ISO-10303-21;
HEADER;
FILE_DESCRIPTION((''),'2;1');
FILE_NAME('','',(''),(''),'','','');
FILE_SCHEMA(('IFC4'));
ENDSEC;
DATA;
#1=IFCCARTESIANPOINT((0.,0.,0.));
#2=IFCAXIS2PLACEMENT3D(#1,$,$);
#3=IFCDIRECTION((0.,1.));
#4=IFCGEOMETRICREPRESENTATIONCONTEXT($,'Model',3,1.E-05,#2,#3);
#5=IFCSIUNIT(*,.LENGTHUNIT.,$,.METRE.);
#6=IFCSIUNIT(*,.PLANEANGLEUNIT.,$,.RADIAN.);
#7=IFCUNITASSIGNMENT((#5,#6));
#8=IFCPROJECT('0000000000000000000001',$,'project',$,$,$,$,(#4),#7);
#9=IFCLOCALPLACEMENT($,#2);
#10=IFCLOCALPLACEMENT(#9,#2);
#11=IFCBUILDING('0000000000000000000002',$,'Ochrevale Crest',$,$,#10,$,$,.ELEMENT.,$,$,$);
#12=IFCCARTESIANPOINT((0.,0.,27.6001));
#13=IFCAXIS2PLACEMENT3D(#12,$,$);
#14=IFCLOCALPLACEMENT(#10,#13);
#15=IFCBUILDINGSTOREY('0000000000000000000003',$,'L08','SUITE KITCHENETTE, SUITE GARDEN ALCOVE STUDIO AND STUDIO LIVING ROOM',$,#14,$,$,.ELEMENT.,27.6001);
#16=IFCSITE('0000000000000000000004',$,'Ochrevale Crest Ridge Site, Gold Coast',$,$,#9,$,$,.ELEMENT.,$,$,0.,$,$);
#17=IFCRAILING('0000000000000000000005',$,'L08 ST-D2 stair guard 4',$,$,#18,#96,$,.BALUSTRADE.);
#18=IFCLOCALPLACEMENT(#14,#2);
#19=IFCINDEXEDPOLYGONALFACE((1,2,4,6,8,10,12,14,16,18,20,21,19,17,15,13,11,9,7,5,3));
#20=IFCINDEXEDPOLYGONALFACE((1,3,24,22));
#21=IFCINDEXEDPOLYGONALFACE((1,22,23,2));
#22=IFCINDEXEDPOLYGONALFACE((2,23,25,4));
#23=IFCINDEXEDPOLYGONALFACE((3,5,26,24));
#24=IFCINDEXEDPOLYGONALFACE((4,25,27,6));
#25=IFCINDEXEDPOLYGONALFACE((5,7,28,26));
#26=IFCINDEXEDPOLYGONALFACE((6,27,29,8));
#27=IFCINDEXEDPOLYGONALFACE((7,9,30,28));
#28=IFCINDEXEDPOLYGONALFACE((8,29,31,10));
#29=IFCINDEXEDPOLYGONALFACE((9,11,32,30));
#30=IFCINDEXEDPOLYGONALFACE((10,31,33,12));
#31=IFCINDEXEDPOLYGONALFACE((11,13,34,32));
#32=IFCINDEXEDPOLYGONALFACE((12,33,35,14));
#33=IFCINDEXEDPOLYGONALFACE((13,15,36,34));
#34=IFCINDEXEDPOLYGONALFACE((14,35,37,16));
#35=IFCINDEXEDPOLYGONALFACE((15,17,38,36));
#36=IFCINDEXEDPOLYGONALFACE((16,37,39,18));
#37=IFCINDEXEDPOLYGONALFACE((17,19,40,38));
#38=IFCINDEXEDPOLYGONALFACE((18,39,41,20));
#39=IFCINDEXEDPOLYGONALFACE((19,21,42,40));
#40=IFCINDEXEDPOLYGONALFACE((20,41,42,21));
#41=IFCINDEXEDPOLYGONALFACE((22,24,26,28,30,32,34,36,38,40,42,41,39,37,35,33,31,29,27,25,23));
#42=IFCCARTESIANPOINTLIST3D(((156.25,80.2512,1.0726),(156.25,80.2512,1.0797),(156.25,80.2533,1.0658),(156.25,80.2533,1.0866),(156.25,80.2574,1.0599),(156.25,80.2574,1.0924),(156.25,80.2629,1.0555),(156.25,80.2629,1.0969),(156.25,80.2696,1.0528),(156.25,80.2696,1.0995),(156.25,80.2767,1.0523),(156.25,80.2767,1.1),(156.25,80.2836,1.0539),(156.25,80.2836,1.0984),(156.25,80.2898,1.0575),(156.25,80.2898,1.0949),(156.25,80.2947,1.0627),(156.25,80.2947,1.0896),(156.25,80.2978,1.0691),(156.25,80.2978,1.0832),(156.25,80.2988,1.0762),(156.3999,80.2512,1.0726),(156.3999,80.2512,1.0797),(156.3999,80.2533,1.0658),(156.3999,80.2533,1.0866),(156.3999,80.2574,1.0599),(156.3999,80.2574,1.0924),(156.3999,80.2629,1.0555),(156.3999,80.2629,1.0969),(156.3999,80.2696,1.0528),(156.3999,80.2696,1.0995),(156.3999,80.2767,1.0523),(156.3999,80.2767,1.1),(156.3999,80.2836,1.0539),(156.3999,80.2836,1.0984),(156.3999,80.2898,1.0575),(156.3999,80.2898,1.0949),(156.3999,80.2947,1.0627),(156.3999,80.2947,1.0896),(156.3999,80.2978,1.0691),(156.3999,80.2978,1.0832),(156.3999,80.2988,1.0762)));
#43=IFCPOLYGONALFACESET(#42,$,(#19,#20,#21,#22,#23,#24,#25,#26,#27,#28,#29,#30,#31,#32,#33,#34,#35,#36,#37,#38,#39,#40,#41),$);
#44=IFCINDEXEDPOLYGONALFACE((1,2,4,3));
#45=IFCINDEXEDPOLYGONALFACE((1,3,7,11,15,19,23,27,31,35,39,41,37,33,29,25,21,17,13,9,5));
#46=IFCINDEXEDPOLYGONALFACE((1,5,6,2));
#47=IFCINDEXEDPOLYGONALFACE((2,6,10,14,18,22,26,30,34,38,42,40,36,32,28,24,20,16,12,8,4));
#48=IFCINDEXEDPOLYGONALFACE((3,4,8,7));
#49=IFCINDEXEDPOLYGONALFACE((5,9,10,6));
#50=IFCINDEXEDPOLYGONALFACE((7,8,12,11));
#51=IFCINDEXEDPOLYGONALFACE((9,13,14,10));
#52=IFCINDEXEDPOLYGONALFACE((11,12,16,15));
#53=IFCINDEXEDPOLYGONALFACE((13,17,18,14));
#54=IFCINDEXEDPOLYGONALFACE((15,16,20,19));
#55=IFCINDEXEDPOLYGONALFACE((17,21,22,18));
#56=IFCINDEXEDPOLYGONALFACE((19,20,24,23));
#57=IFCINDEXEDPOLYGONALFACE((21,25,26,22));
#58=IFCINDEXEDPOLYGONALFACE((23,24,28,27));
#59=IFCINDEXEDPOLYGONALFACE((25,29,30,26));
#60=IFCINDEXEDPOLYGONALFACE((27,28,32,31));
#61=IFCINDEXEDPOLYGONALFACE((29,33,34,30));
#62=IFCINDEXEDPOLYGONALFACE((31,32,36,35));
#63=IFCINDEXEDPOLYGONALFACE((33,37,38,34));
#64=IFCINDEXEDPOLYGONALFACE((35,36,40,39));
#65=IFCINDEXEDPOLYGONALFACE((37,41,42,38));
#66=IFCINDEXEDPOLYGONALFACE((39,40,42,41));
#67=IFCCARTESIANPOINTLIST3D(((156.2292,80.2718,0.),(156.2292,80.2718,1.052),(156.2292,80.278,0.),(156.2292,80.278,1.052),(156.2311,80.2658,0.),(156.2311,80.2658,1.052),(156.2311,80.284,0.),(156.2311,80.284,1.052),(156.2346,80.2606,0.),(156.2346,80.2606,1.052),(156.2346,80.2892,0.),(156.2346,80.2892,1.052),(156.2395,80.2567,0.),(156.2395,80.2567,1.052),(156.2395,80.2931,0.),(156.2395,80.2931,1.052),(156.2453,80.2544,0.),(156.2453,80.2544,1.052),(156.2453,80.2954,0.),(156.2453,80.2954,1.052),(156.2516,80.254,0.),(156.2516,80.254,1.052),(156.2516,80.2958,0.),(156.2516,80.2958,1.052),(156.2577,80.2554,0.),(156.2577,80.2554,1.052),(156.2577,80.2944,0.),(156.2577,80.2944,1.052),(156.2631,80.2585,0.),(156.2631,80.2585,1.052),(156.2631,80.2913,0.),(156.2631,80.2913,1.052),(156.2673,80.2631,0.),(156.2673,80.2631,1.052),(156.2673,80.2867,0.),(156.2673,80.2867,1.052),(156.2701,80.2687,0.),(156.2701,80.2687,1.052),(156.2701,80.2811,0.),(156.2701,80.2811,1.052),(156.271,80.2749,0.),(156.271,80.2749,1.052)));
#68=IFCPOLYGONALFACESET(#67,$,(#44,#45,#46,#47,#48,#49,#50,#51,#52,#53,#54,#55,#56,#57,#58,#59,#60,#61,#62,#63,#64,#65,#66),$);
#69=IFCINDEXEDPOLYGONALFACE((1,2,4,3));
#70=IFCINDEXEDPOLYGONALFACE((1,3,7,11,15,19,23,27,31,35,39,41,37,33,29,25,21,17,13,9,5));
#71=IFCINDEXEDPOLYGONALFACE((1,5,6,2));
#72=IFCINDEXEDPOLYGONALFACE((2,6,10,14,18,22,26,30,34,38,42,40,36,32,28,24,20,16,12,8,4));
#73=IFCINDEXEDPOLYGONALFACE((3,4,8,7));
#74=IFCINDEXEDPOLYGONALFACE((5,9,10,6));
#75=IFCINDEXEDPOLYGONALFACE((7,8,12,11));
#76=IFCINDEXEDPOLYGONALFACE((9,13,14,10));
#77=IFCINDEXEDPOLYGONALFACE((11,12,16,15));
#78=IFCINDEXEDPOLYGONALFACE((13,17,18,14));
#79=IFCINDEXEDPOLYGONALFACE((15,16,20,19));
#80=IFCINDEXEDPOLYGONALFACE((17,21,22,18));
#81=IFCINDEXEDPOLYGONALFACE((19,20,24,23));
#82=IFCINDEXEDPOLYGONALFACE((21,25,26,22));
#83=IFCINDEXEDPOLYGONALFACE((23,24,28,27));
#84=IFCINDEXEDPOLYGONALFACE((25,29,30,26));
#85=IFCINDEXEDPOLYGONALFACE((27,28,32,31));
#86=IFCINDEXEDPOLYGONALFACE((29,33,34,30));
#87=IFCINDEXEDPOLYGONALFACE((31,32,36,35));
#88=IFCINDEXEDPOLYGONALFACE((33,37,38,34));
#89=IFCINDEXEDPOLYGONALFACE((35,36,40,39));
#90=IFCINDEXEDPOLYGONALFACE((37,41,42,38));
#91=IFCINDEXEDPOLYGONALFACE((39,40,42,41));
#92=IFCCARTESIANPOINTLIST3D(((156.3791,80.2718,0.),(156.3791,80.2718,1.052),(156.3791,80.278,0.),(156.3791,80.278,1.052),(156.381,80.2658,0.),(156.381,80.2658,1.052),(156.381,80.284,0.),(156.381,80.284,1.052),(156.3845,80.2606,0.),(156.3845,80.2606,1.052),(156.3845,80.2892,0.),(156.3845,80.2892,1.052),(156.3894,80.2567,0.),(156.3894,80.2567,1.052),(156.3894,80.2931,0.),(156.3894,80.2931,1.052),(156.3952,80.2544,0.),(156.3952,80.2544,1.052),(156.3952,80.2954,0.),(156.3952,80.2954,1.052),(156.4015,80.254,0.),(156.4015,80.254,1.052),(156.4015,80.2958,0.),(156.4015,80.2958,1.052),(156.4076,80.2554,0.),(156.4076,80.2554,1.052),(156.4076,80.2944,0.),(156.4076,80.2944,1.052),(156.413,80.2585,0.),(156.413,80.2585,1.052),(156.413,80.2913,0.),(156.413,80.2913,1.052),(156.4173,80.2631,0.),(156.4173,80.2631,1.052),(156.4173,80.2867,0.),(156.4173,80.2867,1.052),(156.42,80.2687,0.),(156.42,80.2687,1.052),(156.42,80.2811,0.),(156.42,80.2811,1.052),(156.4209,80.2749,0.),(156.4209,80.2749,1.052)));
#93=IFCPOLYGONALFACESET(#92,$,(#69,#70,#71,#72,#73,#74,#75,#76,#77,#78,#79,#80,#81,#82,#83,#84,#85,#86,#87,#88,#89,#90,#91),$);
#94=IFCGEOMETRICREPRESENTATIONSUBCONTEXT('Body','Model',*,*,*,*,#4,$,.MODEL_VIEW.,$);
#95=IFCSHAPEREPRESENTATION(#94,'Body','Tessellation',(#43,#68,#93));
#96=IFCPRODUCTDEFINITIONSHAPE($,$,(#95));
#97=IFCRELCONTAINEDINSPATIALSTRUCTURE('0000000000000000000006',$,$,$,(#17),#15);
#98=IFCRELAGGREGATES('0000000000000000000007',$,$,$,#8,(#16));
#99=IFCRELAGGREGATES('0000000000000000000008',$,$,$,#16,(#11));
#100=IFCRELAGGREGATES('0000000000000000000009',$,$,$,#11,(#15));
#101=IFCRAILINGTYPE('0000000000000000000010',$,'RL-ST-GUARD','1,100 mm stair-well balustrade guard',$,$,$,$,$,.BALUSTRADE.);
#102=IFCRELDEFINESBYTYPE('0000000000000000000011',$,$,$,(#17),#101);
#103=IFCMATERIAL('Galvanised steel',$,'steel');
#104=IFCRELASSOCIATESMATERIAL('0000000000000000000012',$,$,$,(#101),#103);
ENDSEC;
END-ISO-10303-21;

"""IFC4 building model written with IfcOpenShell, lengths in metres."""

from ifc_helpers import new_model, si_unit, direction, frame, origin, origin_2d, place, context, subcontext, project, spatial, circle, extrude, material, type_object, element, save


model = new_model("IFC4")

# Units and contexts
model_context = context("Model", 3, precision=1e-05, world=origin(), true_north=direction((0.0, 1.0)))
body_context = subcontext(model_context, "Body", "Model", "MODEL_VIEW")
ifc_project = project(units=[si_unit("LENGTHUNIT", "METRE"), si_unit("PLANEANGLEUNIT", "RADIAN")], contexts=[model_context])

# Site, building, storey
site_placement = place(None, origin())
site = spatial("IfcSite", under=ifc_project, at=site_placement, Name="Ochrevale Crest Ridge Site, Gold Coast", CompositionType="ELEMENT", RefElevation=0.0)
building_placement = place(site_placement, origin())
building = spatial("IfcBuilding", under=site, at=building_placement, Name="Ochrevale Crest", CompositionType="ELEMENT")
storey_placement = place(building_placement, frame((0.0, 0.0, 27.6001)))
storey = spatial("IfcBuildingStorey", under=building, at=storey_placement, Name="L08", Description="SUITE KITCHENETTE, SUITE GARDEN ALCOVE STUDIO AND STUDIO LIVING ROOM", CompositionType="ELEMENT", Elevation=27.6001)

# Railing
ifc_material_1 = material(Name="Galvanised steel", Category="steel")
railing_type = type_object("IfcRailingType", Name="RL-ST-GUARD", Description="1,100 mm stair-well balustrade guard", PredefinedType="BALUSTRADE", material=ifc_material_1)
railing_1_placement = place(storey_placement, frame((156.25, 80.2749, 0.0)))
element("IfcRailing", 1, at=railing_1_placement, inside=storey, type_object=railing_type, Name="L08 ST-D2 stair guard 4", PredefinedType="BALUSTRADE", context=body_context, shape_type="SweptSolid", body=[
    extrude(circle(Radius=0.0239, at=origin_2d()), frame((0.0, 0.0, 1.0762), z_axis=(1.0, 0.0, 0.0), x_axis=(0.0, 1.0, 0.0)), (0.0, 0.0, 1.0), 0.1499),
    extrude(circle(Radius=0.021, at=origin_2d()), origin(), (0.0, 0.0, 1.0), 1.052),
    extrude(circle(Radius=0.021, at=origin_2d()), frame((0.1499, 0.0, 0.0)), (0.0, 0.0, 1.0), 1.052),
])

save(model, "model.ifc")
